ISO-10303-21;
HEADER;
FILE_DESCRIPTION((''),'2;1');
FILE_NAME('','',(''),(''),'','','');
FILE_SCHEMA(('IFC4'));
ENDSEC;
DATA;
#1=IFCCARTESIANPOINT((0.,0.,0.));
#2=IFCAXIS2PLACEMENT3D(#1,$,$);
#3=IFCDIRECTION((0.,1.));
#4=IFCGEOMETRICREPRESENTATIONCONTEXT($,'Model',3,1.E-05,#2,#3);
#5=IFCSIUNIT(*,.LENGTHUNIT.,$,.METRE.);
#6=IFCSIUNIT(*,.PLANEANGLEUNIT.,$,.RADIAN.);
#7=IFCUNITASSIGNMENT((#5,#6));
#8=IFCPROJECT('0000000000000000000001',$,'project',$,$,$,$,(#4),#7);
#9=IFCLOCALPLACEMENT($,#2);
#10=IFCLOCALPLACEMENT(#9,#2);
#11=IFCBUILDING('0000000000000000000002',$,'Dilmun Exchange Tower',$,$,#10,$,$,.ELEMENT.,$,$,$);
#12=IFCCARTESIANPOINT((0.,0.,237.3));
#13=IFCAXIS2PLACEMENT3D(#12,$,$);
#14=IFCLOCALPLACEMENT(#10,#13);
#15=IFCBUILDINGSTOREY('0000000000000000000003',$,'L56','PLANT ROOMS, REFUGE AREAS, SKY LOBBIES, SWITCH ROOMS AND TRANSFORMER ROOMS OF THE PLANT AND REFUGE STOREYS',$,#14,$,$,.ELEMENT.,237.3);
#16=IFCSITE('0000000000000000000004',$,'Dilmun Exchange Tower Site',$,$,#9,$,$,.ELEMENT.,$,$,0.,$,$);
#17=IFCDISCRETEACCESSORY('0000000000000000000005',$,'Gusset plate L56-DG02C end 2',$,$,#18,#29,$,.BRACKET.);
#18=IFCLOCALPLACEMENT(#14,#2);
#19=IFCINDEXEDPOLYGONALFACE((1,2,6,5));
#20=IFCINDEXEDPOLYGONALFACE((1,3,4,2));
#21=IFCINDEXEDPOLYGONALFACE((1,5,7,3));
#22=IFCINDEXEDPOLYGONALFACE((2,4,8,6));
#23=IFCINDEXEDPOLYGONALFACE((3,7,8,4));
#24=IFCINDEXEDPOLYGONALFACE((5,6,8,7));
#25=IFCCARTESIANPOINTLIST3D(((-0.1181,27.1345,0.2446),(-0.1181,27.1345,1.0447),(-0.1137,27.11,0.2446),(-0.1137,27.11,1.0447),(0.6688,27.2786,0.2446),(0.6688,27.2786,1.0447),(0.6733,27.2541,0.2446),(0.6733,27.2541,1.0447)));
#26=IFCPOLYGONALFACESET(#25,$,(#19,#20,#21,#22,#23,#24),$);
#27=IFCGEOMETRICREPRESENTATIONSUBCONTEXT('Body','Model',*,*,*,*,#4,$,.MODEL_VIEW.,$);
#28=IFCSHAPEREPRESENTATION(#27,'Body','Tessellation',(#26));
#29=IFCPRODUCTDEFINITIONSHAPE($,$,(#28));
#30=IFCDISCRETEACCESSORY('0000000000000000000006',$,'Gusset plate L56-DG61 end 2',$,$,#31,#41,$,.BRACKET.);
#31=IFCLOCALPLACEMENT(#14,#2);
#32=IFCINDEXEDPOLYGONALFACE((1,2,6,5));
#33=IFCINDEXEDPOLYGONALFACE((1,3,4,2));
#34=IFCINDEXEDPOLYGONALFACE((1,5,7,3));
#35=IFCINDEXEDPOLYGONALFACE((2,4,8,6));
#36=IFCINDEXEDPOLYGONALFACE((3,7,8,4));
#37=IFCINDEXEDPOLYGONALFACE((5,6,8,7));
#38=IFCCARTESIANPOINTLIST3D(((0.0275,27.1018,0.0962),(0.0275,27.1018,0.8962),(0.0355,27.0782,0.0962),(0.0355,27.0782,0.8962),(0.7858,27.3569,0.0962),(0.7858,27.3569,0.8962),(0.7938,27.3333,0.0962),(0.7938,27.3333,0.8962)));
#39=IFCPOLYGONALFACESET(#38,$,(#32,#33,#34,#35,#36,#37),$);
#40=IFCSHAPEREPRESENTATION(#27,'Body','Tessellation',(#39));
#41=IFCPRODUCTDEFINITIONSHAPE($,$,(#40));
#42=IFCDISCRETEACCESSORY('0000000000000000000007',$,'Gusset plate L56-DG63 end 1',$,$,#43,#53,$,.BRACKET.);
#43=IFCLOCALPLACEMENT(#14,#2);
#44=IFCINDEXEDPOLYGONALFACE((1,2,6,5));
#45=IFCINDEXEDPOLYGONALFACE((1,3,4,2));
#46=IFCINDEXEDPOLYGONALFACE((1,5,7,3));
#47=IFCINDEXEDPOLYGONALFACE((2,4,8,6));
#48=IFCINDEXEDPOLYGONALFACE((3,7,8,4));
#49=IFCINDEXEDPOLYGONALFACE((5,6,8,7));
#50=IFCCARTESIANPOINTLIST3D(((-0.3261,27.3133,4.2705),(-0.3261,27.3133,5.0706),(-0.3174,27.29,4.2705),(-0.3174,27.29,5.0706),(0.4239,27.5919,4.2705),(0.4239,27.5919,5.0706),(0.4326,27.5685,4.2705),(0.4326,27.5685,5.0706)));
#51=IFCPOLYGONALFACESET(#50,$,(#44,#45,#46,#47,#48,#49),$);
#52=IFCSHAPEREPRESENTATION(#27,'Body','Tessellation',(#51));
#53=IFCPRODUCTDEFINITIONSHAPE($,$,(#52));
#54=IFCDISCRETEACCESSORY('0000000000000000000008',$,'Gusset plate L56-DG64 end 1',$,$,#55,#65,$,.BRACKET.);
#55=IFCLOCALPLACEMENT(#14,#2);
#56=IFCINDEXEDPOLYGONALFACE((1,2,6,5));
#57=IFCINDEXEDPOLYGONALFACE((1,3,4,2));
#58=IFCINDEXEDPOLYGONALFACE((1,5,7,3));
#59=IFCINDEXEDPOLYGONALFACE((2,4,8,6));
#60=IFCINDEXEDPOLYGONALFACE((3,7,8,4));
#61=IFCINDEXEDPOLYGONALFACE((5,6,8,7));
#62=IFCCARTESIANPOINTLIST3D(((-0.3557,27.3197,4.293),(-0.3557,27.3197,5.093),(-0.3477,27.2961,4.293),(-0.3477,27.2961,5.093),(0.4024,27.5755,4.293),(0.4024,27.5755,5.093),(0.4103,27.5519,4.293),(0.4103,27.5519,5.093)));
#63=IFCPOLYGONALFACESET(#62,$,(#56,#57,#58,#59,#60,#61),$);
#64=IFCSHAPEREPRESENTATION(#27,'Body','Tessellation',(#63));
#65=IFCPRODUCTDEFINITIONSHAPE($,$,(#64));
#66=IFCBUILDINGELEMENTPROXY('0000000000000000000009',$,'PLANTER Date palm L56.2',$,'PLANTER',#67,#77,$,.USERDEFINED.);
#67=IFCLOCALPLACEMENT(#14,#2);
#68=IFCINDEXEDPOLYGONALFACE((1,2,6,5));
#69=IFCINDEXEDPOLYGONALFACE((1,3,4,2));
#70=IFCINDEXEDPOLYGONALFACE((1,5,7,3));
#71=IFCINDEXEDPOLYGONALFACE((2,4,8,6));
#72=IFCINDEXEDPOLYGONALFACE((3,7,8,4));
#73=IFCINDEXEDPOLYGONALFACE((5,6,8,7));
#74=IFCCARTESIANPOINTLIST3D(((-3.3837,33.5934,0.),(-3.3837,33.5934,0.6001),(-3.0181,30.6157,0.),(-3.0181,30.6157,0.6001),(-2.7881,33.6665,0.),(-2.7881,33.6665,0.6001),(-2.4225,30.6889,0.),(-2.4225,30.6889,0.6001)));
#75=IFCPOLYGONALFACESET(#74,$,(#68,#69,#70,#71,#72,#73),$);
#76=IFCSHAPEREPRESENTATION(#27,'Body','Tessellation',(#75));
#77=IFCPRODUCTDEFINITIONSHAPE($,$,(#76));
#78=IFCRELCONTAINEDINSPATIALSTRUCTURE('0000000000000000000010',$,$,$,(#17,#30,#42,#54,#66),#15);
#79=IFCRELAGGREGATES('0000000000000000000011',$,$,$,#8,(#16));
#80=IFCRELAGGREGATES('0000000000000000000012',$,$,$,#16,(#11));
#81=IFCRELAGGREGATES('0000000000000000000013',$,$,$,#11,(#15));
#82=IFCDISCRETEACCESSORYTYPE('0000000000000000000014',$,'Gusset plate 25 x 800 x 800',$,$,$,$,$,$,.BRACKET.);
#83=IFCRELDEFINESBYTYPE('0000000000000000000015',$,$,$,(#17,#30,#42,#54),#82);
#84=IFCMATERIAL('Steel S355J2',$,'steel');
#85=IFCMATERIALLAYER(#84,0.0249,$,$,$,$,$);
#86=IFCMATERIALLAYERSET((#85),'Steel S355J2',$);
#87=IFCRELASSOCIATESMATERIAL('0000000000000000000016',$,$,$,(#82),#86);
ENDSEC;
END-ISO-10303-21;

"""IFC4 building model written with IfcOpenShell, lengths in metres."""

from ifc_helpers import new_model, si_unit, direction, frame, origin, origin_2d, place, context, subcontext, project, spatial, rectangle, extrude, material, layer, layer_set, type_object, element, save


model = new_model("IFC4")

# Units and contexts
model_context = context("Model", 3, precision=1e-05, world=origin(), true_north=direction((0.0, 1.0)))
body_context = subcontext(model_context, "Body", "Model", "MODEL_VIEW")
ifc_project = project(units=[si_unit("LENGTHUNIT", "METRE"), si_unit("PLANEANGLEUNIT", "RADIAN")], contexts=[model_context])

# Site, building, storey
site_placement = place(None, origin())
site = spatial("IfcSite", under=ifc_project, at=site_placement, Name="Dilmun Exchange Tower Site", CompositionType="ELEMENT", RefElevation=0.0)
building_placement = place(site_placement, origin())
building = spatial("IfcBuilding", under=site, at=building_placement, Name="Dilmun Exchange Tower", CompositionType="ELEMENT")
storey_placement = place(building_placement, frame((0.0, 0.0, 237.3)))
storey = spatial("IfcBuildingStorey", under=building, at=storey_placement, Name="L56", Description="PLANT ROOMS, REFUGE AREAS, SKY LOBBIES, SWITCH ROOMS AND TRANSFORMER ROOMS OF THE PLANT AND REFUGE STOREYS", CompositionType="ELEMENT", Elevation=237.3)

# Discrete accessories
ifc_material_1 = material(Name="Steel S355J2", Category="steel")
ifc_layer_1 = layer(ifc_material_1, 0.0249)
ifc_layer_set_1 = layer_set([ifc_layer_1], Name="Steel S355J2")
discrete_accessory_type = type_object("IfcDiscreteAccessoryType", Name="Gusset plate 25 x 800 x 800", PredefinedType="BRACKET", material=ifc_layer_set_1)
for number, where, z_axis, x_axis, name in (
    (1, (0.2776, 27.1943, 0.2446), (0.0, 0.0, 1.0), (0.983645, 0.180116, 0.0), "Gusset plate L56-DG02C end 2"),
    (2, (0.4106, 27.2175, 0.0962), (0.0, 0.0, 1.0), (-0.947791, -0.318891, 0.0), "Gusset plate L56-DG61 end 2"),
    (3, (0.0532, 27.4409, 4.2705), (0.0, 0.0, 1.0), (-0.937426, -0.348184, 0.0), "Gusset plate L56-DG63 end 1"),
    (4, (0.0273, 27.4358, 4.293), (0.0, 0.0, 1.0), (-0.947489, -0.31979, 0.0), "Gusset plate L56-DG64 end 1"),
):
    element("IfcDiscreteAccessory", number, at=place(storey_placement, frame(where, z_axis=z_axis, x_axis=x_axis)), inside=storey, type_object=discrete_accessory_type, Name=name, PredefinedType="BRACKET", context=body_context, shape_type="SweptSolid", body=[
        extrude(rectangle(XDim=0.8, YDim=0.0249, at=origin_2d()), origin(), (0.0, 0.0, 1.0), 0.8),
    ])

# Building element proxy
proxy_placement = place(storey_placement, frame((-2.9031, 32.1411, 0.0), z_axis=(0.0, 0.0, 1.0), x_axis=(-0.121869, 0.992546, 0.0)))
element("IfcBuildingElementProxy", 5, at=proxy_placement, inside=storey, Name="PLANTER Date palm L56.2", ObjectType="PLANTER", PredefinedType="USERDEFINED", context=body_context, shape_type="SweptSolid", body=[
    extrude(rectangle(XDim=3.0, YDim=0.6001, at=origin_2d()), origin(), (0.0, 0.0, 1.0), 0.6001),
])

save(model, "model.ifc")
